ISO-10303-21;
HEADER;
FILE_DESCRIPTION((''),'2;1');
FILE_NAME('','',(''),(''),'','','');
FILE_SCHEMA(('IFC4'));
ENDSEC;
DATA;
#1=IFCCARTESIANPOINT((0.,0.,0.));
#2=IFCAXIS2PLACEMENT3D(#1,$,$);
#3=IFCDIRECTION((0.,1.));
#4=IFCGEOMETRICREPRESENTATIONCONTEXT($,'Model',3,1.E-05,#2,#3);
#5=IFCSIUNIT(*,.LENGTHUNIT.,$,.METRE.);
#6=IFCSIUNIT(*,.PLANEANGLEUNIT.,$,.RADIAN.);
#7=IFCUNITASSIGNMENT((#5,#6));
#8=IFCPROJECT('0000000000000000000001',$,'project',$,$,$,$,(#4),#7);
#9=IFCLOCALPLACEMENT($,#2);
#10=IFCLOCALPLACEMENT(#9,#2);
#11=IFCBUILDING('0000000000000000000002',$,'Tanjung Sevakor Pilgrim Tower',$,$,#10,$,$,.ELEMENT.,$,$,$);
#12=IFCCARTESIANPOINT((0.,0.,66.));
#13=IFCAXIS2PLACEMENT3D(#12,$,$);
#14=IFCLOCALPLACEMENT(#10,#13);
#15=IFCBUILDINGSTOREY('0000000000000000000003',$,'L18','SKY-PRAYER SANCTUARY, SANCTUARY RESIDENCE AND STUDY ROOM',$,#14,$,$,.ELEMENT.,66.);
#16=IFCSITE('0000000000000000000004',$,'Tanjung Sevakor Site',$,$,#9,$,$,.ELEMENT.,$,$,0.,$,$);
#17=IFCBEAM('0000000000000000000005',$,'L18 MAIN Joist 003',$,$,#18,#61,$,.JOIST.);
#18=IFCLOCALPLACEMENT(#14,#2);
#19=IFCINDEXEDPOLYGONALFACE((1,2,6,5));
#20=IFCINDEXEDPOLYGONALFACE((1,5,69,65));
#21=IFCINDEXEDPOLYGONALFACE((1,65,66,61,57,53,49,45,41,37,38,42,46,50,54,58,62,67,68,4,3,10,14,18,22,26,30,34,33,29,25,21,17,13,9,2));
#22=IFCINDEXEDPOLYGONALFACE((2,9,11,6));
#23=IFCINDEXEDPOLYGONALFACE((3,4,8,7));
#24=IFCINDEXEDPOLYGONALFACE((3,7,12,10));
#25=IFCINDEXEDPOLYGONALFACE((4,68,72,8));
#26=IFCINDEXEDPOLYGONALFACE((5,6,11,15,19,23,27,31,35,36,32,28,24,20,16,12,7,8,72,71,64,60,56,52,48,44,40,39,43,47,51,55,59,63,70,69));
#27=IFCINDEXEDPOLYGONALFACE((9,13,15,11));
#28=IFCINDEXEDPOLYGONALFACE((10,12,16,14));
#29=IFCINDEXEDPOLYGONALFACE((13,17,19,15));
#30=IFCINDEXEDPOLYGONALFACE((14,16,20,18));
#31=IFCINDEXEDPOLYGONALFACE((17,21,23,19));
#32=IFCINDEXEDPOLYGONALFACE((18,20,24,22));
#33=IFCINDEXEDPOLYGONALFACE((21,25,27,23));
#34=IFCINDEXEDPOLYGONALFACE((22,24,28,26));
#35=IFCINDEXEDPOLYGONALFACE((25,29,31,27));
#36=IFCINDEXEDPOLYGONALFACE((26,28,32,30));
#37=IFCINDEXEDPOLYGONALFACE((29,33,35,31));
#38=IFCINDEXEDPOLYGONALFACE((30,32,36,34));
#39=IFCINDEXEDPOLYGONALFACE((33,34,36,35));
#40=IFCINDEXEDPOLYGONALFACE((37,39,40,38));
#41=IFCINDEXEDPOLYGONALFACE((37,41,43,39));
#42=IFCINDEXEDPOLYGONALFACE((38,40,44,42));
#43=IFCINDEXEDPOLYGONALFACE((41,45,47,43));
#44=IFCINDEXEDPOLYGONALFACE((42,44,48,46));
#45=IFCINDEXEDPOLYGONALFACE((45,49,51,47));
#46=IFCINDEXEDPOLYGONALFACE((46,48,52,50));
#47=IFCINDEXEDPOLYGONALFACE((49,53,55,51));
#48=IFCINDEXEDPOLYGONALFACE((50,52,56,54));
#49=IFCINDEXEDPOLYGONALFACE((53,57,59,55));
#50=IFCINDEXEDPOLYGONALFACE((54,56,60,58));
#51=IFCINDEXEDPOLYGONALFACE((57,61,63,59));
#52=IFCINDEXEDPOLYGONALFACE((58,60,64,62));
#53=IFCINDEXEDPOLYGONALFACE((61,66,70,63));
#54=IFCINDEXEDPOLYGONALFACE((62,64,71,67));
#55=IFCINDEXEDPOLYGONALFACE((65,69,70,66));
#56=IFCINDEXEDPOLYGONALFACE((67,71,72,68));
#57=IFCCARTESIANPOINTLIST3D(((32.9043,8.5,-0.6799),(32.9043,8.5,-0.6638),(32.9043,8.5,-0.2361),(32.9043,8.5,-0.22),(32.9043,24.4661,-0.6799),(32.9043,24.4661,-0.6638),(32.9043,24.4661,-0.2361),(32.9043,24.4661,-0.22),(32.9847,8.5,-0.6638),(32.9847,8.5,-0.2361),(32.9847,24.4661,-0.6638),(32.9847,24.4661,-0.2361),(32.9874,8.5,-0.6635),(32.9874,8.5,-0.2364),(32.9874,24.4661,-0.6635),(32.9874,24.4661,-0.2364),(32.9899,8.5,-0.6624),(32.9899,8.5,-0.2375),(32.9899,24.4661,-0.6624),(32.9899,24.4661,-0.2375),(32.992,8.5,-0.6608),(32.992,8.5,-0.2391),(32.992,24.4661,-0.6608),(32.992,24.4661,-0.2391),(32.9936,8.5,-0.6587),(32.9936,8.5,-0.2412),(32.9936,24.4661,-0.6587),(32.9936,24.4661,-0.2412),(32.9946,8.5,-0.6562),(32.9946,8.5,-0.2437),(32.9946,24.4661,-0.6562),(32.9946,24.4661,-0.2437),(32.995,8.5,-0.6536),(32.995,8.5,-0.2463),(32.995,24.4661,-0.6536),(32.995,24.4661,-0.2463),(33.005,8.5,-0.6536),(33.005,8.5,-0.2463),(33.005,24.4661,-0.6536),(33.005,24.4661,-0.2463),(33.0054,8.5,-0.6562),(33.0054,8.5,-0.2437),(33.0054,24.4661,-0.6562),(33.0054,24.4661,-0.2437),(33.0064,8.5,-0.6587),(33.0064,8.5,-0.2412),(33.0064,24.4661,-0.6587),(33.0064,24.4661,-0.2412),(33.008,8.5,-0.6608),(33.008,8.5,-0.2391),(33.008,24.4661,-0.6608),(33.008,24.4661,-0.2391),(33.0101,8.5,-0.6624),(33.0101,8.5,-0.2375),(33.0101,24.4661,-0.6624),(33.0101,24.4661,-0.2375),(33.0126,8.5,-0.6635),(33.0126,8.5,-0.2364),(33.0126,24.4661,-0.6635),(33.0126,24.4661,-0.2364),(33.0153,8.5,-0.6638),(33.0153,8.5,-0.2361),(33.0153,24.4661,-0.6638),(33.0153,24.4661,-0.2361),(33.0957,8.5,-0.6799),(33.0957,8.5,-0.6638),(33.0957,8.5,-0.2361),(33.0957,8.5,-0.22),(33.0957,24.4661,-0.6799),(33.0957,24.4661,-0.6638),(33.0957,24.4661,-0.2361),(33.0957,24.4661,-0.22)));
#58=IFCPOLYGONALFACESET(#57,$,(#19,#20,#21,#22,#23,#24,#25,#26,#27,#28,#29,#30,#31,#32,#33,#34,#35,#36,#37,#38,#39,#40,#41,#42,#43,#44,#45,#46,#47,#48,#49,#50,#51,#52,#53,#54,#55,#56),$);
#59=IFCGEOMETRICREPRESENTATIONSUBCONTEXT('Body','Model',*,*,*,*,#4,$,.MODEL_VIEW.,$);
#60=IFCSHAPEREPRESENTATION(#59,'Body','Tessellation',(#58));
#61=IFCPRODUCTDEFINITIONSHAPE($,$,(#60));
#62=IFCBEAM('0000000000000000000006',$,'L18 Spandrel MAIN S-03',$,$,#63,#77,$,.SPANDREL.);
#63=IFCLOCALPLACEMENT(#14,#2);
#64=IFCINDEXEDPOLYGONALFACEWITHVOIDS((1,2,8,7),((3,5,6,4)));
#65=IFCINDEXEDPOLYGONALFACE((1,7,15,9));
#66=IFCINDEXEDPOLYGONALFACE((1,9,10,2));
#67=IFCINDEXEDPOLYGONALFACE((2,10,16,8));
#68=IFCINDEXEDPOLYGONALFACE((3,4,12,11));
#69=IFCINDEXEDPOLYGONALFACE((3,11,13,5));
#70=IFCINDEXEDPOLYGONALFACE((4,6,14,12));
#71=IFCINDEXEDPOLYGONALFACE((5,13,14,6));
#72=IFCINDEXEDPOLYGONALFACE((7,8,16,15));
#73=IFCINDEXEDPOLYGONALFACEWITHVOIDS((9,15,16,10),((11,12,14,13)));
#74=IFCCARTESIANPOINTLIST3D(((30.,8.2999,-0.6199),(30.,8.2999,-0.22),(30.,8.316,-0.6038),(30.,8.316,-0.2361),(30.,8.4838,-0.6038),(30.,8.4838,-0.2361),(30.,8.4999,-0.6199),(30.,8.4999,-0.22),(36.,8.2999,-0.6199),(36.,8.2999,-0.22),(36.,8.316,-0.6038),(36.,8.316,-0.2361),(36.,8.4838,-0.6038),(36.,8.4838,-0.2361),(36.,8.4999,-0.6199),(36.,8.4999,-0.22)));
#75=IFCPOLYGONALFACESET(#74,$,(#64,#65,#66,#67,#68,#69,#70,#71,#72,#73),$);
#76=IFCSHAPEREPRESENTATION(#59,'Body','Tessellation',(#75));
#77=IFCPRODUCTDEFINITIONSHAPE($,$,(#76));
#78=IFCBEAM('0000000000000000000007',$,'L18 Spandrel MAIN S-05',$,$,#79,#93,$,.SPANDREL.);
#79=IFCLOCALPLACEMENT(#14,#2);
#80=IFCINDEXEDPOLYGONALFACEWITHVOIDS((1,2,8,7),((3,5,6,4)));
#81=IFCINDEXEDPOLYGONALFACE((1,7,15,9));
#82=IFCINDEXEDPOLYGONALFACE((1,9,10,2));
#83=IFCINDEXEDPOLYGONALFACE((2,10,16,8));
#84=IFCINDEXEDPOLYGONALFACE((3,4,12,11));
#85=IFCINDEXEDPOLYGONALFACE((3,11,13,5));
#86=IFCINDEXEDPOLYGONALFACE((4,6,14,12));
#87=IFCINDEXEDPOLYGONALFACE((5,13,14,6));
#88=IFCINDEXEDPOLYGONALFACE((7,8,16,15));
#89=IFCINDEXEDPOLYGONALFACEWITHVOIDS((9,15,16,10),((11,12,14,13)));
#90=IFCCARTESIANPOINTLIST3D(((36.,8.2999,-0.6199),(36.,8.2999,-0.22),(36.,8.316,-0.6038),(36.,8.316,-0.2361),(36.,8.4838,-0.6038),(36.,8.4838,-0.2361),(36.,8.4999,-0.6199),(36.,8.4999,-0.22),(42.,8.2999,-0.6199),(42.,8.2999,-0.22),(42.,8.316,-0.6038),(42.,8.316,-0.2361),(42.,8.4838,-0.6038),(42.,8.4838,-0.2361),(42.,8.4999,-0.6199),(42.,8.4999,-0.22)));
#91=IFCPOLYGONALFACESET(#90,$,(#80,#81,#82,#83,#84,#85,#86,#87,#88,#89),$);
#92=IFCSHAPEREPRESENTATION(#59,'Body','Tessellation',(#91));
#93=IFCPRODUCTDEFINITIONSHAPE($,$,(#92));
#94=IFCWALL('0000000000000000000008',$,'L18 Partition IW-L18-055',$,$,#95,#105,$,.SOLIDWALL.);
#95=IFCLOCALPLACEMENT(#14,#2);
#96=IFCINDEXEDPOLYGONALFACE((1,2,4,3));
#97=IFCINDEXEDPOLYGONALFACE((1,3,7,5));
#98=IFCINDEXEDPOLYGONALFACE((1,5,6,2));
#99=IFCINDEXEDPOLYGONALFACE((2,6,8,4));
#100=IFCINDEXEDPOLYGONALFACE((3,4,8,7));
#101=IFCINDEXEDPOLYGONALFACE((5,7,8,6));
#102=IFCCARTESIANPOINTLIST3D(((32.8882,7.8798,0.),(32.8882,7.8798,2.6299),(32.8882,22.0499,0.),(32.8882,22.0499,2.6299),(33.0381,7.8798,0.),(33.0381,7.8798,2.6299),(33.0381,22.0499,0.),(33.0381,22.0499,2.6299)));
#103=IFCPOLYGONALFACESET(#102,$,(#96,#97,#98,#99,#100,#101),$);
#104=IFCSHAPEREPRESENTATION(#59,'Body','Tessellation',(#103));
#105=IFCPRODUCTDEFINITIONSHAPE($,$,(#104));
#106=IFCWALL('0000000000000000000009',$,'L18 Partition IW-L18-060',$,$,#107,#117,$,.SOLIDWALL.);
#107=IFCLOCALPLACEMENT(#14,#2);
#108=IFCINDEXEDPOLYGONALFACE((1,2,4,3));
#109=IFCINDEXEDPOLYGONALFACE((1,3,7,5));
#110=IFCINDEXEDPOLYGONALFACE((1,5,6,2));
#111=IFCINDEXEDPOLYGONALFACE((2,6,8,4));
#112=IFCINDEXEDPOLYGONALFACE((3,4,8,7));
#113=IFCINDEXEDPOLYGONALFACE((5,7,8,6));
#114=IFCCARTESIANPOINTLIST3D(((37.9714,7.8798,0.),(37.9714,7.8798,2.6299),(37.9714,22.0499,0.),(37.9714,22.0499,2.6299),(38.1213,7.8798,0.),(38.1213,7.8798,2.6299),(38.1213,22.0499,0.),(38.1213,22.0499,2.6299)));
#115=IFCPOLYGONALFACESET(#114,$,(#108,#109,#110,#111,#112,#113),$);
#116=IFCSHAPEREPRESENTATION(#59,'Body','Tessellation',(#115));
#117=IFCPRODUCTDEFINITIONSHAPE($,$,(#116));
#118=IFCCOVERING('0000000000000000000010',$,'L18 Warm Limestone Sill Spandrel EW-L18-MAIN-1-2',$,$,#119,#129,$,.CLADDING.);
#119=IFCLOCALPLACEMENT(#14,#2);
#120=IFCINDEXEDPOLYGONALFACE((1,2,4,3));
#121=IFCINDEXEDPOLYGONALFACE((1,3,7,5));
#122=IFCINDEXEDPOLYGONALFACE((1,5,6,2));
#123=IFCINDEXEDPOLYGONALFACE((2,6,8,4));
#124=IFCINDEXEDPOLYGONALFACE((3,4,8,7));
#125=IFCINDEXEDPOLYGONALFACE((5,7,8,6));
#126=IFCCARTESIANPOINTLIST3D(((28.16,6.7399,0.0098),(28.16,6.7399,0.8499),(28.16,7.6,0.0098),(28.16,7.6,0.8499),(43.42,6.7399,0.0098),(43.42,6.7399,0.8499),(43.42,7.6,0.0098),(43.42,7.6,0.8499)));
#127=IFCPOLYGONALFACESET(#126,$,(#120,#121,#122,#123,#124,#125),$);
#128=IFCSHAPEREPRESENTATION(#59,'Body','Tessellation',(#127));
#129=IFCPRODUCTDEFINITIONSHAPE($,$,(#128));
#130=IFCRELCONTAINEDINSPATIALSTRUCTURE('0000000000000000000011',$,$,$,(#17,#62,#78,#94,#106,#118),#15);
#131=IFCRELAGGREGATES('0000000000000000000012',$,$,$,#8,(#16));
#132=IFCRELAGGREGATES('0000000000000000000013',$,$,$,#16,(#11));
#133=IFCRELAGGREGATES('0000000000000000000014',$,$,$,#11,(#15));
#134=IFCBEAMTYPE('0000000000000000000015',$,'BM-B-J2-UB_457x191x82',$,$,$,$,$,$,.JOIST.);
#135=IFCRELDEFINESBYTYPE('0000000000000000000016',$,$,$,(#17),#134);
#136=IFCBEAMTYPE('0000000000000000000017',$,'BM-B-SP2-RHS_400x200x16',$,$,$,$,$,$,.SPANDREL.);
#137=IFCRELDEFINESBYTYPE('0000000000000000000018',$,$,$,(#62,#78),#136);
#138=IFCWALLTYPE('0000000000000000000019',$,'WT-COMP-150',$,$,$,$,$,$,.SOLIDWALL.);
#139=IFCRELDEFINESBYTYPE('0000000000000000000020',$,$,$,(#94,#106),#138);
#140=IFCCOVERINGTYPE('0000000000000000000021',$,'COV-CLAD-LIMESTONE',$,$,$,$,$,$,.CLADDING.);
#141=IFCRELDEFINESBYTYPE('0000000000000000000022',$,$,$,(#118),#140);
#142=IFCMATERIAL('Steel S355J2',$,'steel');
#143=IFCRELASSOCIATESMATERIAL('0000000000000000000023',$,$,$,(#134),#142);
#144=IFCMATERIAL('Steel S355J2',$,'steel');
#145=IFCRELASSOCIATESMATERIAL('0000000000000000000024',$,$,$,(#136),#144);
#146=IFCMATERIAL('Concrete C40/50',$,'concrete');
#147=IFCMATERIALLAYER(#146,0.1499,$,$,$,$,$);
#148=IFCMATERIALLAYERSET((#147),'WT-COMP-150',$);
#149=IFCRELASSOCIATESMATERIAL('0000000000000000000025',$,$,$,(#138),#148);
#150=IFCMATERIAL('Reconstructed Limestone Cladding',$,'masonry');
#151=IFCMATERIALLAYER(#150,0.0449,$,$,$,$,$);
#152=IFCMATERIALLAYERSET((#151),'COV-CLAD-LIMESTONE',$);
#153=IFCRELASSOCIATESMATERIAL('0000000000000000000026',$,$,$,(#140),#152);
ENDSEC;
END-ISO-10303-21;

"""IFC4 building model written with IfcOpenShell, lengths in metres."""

from ifc_helpers import new_model, si_unit, direction, frame, frame_2d, origin, origin_2d, place, context, subcontext, project, spatial, rectangle, hollow_rectangle, i_section, extrude, material, layer, layer_set, material_profile, profile_set, type_object, element, save


model = new_model("IFC4")

# Units and contexts
model_context = context("Model", 3, precision=1e-05, world=origin(), true_north=direction((0.0, 1.0)))
body_context = subcontext(model_context, "Body", "Model", "MODEL_VIEW")
ifc_project = project(units=[si_unit("LENGTHUNIT", "METRE"), si_unit("PLANEANGLEUNIT", "RADIAN")], contexts=[model_context])

# Site, building, storey
site_placement = place(None, origin())
site = spatial("IfcSite", under=ifc_project, at=site_placement, Name="Tanjung Sevakor Site", CompositionType="ELEMENT", RefElevation=0.0)
building_placement = place(site_placement, origin())
building = spatial("IfcBuilding", under=site, at=building_placement, Name="Tanjung Sevakor Pilgrim Tower", CompositionType="ELEMENT")
storey_placement = place(building_placement, frame((0.0, 0.0, 66.0)))
storey = spatial("IfcBuildingStorey", under=building, at=storey_placement, Name="L18", Description="SKY-PRAYER SANCTUARY, SANCTUARY RESIDENCE AND STUDY ROOM", CompositionType="ELEMENT", Elevation=66.0)

# Beams
ifc_material_1 = material(Name="Steel S355J2", Category="steel")
ifc_material_profile_1 = material_profile(ifc_material_1, i_section(OverallWidth=0.1914, OverallDepth=0.46, WebThickness=0.01, FlangeThickness=0.0161, FilletRadius=0.0103, at=origin_2d()))
ifc_profile_set_1 = profile_set([ifc_material_profile_1], Name="Steel S355J2")
beam_type_1 = type_object("IfcBeamType", Name="BM-B-J2-UB_457x191x82", PredefinedType="JOIST", material=ifc_profile_set_1)
for number, where, z_axis, x_axis, name in (
    (1, (33.0, 8.5, -0.45), (0.0, 1.0, 0.0), (-1.0, 0.0, 0.0), "L18 MAIN Joist 003"),
):
    element("IfcBeam", number, at=place(storey_placement, frame(where, z_axis=z_axis, x_axis=x_axis)), inside=storey, type_object=beam_type_1, Name=name, PredefinedType="JOIST", context=body_context, shape_type="SweptSolid", body=[
        extrude(i_section(OverallWidth=0.1914, OverallDepth=0.46, WebThickness=0.01, FlangeThickness=0.0161, FilletRadius=0.0103, at=origin_2d()), origin(), (0.0, 0.0, 1.0), 15.9661),
    ])
ifc_material_2 = material(Name="Steel S355J2", Category="steel")
ifc_material_profile_2 = material_profile(ifc_material_2, hollow_rectangle(XDim=0.2, YDim=0.3999, WallThickness=0.0161, at=origin_2d()))
ifc_profile_set_2 = profile_set([ifc_material_profile_2], Name="Steel S355J2")
beam_type_2 = type_object("IfcBeamType", Name="BM-B-SP2-RHS_400x200x16", PredefinedType="SPANDREL", material=ifc_profile_set_2)
for number, where, z_axis, x_axis, name in (
    (2, (30.0, 8.3999, -0.4199), (1.0, 0.0, 0.0), (0.0, 1.0, 0.0), "L18 Spandrel MAIN S-03"),
    (3, (36.0, 8.3999, -0.4199), (1.0, 0.0, 0.0), (0.0, 1.0, 0.0), "L18 Spandrel MAIN S-05"),
):
    element("IfcBeam", number, at=place(storey_placement, frame(where, z_axis=z_axis, x_axis=x_axis)), inside=storey, type_object=beam_type_2, Name=name, PredefinedType="SPANDREL", context=body_context, shape_type="SweptSolid", body=[
        extrude(hollow_rectangle(XDim=0.2, YDim=0.3999, WallThickness=0.0161, at=origin_2d()), origin(), (0.0, 0.0, 1.0), 6.0),
    ])

# Walls
ifc_material_3 = material(Name="Concrete C40/50", Category="concrete")
ifc_layer_1 = layer(ifc_material_3, 0.1499)
ifc_layer_set_1 = layer_set([ifc_layer_1], Name="WT-COMP-150")
wall_type = type_object("IfcWallType", Name="WT-COMP-150", PredefinedType="SOLIDWALL", material=ifc_layer_set_1)
for number, where, z_axis, x_axis, name in (
    (4, (32.9631, 7.8799, 0.0), (0.0, 0.0, 1.0), (0.0, 1.0, 0.0), "L18 Partition IW-L18-055"),
    (5, (38.0464, 7.8799, 0.0), (0.0, 0.0, 1.0), (0.0, 1.0, 0.0), "L18 Partition IW-L18-060"),
):
    element("IfcWall", number, at=place(storey_placement, frame(where, z_axis=z_axis, x_axis=x_axis)), inside=storey, type_object=wall_type, Name=name, PredefinedType="SOLIDWALL", context=body_context, shape_type="SweptSolid", body=[
        extrude(rectangle(XDim=14.1702, YDim=0.1499, at=frame_2d((7.085, 0.0))), origin(), (0.0, 0.0, 1.0), 2.6299),
    ])

# Covering
ifc_material_4 = material(Name="Reconstructed Limestone Cladding", Category="masonry")
ifc_layer_2 = layer(ifc_material_4, 0.0449)
ifc_layer_set_2 = layer_set([ifc_layer_2], Name="COV-CLAD-LIMESTONE")
covering_type = type_object("IfcCoveringType", Name="COV-CLAD-LIMESTONE", PredefinedType="CLADDING", material=ifc_layer_set_2)
covering_placement = place(storey_placement, frame((35.79, 7.1699, 0.0098), z_axis=(0.0, 0.0, 1.0), x_axis=(1.0, 0.0, 0.0)))
element("IfcCovering", 6, at=covering_placement, inside=storey, type_object=covering_type, Name="L18 Warm Limestone Sill Spandrel EW-L18-MAIN-1-2", PredefinedType="CLADDING", context=body_context, shape_type="SweptSolid", body=[
    extrude(rectangle(XDim=15.26, YDim=0.8601, at=origin_2d()), origin(), (0.0, 0.0, 1.0), 0.8401),
])

save(model, "model.ifc")
